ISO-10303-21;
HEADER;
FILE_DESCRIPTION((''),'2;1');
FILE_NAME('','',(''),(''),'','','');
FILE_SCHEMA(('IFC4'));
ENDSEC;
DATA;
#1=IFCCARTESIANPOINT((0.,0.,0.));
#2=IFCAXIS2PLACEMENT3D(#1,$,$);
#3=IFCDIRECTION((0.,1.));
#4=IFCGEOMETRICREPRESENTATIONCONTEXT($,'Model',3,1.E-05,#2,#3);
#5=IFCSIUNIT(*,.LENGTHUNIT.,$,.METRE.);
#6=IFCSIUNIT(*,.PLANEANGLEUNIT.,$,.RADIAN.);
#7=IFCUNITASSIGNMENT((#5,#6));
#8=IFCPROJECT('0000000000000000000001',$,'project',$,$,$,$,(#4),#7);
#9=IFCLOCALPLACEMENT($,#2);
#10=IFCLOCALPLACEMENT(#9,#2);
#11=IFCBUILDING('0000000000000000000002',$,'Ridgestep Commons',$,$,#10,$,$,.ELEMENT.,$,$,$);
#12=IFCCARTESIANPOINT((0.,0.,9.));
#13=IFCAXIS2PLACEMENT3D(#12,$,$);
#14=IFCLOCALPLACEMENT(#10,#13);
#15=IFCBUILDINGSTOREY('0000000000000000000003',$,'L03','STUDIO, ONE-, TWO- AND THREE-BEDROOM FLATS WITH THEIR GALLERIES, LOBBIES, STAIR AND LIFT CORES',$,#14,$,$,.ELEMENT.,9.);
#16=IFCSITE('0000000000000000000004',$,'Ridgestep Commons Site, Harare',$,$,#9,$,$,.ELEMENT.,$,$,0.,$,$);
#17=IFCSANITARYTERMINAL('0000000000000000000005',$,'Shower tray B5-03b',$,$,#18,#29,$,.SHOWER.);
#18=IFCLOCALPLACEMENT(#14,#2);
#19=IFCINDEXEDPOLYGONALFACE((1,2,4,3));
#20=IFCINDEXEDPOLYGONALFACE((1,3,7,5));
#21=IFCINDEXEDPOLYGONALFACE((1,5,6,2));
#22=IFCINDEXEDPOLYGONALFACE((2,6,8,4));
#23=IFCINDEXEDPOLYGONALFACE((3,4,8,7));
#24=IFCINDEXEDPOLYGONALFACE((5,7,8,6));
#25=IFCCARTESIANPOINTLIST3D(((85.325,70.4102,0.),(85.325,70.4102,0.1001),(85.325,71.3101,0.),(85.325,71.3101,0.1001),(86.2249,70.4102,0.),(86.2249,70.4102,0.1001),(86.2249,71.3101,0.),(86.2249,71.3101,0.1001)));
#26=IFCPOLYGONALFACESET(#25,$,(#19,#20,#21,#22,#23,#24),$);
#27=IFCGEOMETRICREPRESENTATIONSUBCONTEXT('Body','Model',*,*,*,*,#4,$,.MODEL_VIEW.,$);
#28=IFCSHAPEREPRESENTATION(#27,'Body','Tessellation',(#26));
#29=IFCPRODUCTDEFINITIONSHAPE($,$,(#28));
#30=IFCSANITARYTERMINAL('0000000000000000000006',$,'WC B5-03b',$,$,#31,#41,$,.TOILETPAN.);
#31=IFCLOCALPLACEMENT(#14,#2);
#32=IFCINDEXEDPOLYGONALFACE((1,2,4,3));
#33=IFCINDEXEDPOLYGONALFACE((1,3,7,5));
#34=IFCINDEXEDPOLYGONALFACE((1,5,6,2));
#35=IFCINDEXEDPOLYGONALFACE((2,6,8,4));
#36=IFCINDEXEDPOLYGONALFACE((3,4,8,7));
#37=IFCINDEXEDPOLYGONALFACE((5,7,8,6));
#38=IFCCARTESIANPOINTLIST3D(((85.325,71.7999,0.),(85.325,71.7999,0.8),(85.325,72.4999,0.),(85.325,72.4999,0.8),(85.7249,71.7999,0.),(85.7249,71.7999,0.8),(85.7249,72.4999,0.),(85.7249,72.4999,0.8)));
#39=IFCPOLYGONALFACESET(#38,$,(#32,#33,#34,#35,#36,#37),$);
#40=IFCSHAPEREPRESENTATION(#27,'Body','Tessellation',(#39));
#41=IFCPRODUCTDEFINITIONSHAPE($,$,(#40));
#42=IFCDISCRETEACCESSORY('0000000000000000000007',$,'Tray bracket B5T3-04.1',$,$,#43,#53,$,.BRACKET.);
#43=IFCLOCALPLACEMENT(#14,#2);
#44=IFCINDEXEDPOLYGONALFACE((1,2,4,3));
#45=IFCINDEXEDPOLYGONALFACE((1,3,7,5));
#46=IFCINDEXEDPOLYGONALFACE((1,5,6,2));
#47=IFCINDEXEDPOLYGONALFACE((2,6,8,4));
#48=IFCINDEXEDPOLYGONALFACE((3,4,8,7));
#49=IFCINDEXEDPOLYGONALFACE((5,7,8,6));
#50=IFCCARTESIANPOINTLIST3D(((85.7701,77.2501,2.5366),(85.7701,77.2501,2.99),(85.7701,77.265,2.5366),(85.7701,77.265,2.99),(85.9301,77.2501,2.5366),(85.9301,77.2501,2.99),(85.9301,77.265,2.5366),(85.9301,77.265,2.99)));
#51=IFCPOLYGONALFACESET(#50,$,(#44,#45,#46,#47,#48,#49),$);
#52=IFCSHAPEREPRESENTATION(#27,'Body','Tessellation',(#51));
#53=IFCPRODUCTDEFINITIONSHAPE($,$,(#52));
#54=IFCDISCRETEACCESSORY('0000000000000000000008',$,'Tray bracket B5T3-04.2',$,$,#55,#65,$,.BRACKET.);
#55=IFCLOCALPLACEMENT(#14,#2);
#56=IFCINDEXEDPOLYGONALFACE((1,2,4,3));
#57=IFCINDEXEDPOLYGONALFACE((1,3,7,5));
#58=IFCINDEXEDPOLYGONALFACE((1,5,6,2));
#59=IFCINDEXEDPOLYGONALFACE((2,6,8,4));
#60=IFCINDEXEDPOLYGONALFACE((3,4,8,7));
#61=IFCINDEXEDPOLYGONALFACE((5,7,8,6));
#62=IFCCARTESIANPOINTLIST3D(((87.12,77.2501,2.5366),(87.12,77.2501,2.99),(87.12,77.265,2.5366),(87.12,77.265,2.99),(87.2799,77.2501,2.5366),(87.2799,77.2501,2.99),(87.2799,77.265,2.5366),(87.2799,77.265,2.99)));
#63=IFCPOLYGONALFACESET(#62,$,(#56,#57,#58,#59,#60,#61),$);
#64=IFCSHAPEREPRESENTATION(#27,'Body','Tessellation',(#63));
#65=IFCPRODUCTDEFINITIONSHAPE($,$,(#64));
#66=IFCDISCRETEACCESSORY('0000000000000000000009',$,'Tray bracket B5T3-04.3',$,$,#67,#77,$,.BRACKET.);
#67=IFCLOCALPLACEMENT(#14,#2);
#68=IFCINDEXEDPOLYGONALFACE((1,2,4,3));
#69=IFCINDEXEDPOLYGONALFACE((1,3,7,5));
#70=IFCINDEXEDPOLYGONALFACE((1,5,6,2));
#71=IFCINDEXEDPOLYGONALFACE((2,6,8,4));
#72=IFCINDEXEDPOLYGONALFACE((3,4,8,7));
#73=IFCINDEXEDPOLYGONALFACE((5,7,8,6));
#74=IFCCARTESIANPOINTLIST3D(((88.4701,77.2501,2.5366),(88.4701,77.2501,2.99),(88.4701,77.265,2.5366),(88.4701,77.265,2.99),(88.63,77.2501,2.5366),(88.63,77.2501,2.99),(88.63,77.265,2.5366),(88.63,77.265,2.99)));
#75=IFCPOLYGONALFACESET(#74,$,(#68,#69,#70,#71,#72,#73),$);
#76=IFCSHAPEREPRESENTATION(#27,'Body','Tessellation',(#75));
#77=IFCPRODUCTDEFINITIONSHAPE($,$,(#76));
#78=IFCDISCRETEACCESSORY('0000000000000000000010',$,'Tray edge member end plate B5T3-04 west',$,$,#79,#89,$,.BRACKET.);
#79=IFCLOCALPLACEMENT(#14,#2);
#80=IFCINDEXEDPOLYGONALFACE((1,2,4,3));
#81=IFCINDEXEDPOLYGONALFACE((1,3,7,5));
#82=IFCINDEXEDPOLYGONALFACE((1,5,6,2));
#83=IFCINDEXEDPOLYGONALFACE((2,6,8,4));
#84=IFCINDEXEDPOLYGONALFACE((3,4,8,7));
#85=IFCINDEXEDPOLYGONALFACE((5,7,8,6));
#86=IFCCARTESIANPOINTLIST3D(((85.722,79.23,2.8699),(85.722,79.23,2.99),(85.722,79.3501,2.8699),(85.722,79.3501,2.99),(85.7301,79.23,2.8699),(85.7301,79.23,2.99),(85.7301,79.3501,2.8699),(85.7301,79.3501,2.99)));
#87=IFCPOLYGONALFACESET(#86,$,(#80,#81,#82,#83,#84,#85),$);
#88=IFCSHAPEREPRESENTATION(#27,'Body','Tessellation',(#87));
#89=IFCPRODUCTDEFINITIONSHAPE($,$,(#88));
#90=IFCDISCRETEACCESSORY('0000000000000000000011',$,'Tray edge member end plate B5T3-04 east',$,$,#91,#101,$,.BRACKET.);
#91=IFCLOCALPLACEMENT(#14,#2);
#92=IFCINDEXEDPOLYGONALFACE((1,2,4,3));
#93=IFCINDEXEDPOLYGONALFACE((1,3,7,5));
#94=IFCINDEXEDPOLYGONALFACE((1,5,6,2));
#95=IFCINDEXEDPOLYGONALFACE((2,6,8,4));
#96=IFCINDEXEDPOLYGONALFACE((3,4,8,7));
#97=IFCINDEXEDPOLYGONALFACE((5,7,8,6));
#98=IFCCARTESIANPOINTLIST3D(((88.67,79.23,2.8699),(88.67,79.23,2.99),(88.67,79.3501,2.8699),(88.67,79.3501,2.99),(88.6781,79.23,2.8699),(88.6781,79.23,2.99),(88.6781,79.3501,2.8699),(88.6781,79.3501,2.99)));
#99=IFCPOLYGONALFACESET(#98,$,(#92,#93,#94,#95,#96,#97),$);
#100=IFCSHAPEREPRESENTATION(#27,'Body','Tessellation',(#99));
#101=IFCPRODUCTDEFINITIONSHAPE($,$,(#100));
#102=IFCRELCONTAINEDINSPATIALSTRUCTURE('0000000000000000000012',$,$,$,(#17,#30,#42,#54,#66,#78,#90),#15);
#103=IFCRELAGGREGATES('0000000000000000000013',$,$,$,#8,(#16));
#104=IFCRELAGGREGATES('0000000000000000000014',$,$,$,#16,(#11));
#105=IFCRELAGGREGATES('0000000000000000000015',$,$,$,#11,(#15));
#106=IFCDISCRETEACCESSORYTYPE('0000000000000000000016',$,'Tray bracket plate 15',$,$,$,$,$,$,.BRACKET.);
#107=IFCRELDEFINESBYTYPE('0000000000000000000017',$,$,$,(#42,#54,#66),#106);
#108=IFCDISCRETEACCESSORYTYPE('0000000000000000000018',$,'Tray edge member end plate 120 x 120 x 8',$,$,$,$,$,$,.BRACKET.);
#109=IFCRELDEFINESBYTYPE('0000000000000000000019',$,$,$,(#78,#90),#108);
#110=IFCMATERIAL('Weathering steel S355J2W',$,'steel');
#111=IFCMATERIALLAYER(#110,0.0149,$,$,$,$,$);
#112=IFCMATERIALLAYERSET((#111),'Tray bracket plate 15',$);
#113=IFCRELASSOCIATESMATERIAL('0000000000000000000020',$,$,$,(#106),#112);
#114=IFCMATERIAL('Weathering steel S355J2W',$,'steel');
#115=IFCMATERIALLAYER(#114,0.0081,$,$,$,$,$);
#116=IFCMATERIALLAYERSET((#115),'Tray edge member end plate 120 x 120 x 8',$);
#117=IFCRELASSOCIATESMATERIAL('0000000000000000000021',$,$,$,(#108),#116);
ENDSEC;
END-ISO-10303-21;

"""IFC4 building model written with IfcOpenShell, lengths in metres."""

from ifc_helpers import new_model, si_unit, direction, frame, origin, origin_2d, place, context, subcontext, project, spatial, rectangle, extrude, material, layer, layer_set, type_object, element, save


model = new_model("IFC4")

# Units and contexts
model_context = context("Model", 3, precision=1e-05, world=origin(), true_north=direction((0.0, 1.0)))
body_context = subcontext(model_context, "Body", "Model", "MODEL_VIEW")
ifc_project = project(units=[si_unit("LENGTHUNIT", "METRE"), si_unit("PLANEANGLEUNIT", "RADIAN")], contexts=[model_context])

# Site, building, storey
site_placement = place(None, origin())
site = spatial("IfcSite", under=ifc_project, at=site_placement, Name="Ridgestep Commons Site, Harare", CompositionType="ELEMENT", RefElevation=0.0)
building_placement = place(site_placement, origin())
building = spatial("IfcBuilding", under=site, at=building_placement, Name="Ridgestep Commons", CompositionType="ELEMENT")
storey_placement = place(building_placement, frame((0.0, 0.0, 9.0)))
storey = spatial("IfcBuildingStorey", under=building, at=storey_placement, Name="L03", Description="STUDIO, ONE-, TWO- AND THREE-BEDROOM FLATS WITH THEIR GALLERIES, LOBBIES, STAIR AND LIFT CORES", CompositionType="ELEMENT", Elevation=9.0)

# Sanitary terminals
sanitary_terminal_1_placement = place(storey_placement, frame((85.7749, 70.8601, 0.0), z_axis=(0.0, 0.0, 1.0), x_axis=(1.0, 0.0, 0.0)))
element("IfcSanitaryTerminal", 1, at=sanitary_terminal_1_placement, inside=storey, Name="Shower tray B5-03b", PredefinedType="SHOWER", context=body_context, shape_type="SweptSolid", body=[
    extrude(rectangle(XDim=0.8999, YDim=0.8999, at=origin_2d()), origin(), (0.0, 0.0, 1.0), 0.1001),
])
sanitary_terminal_2_placement = place(storey_placement, frame((85.5249, 72.1499, 0.0), z_axis=(0.0, 0.0, 1.0), x_axis=(1.0, 0.0, 0.0)))
element("IfcSanitaryTerminal", 2, at=sanitary_terminal_2_placement, inside=storey, Name="WC B5-03b", PredefinedType="TOILETPAN", context=body_context, shape_type="SweptSolid", body=[
    extrude(rectangle(XDim=0.3999, YDim=0.7, at=origin_2d()), origin(), (0.0, 0.0, 1.0), 0.8),
])

# Discrete accessories
ifc_material_1 = material(Name="Weathering steel S355J2W", Category="steel")
ifc_layer_1 = layer(ifc_material_1, 0.0149)
ifc_layer_set_1 = layer_set([ifc_layer_1], Name="Tray bracket plate 15")
discrete_accessory_type_1 = type_object("IfcDiscreteAccessoryType", Name="Tray bracket plate 15", PredefinedType="BRACKET", material=ifc_layer_set_1)
for number, where, z_axis, x_axis, name in (
    (3, (85.8501, 77.2576, 2.5366), (0.0, 0.0, 1.0), (1.0, 0.0, 0.0), "Tray bracket B5T3-04.1"),
    (4, (87.2, 77.2576, 2.5366), (0.0, 0.0, 1.0), (1.0, 0.0, 0.0), "Tray bracket B5T3-04.2"),
    (5, (88.55, 77.2576, 2.5366), (0.0, 0.0, 1.0), (1.0, 0.0, 0.0), "Tray bracket B5T3-04.3"),
):
    element("IfcDiscreteAccessory", number, at=place(storey_placement, frame(where, z_axis=z_axis, x_axis=x_axis)), inside=storey, type_object=discrete_accessory_type_1, Name=name, PredefinedType="BRACKET", context=body_context, shape_type="SweptSolid", body=[
        extrude(rectangle(XDim=0.1599, YDim=0.0149, at=origin_2d()), origin(), (0.0, 0.0, 1.0), 0.4534),
    ])
ifc_material_2 = material(Name="Weathering steel S355J2W", Category="steel")
ifc_layer_2 = layer(ifc_material_2, 0.0081)
ifc_layer_set_2 = layer_set([ifc_layer_2], Name="Tray edge member end plate 120 x 120 x 8")
discrete_accessory_type_2 = type_object("IfcDiscreteAccessoryType", Name="Tray edge member end plate 120 x 120 x 8", PredefinedType="BRACKET", material=ifc_layer_set_2)
for number, where, z_axis, x_axis, name in (
    (6, (85.7261, 79.29, 2.8699), (0.0, 0.0, 1.0), (1.0, 0.0, 0.0), "Tray edge member end plate B5T3-04 west"),
    (7, (88.6741, 79.29, 2.8699), (0.0, 0.0, 1.0), (1.0, 0.0, 0.0), "Tray edge member end plate B5T3-04 east"),
):
    element("IfcDiscreteAccessory", number, at=place(storey_placement, frame(where, z_axis=z_axis, x_axis=x_axis)), inside=storey, type_object=discrete_accessory_type_2, Name=name, PredefinedType="BRACKET", context=body_context, shape_type="SweptSolid", body=[
        extrude(rectangle(XDim=0.0081, YDim=0.1201, at=origin_2d()), origin(), (0.0, 0.0, 1.0), 0.1201),
    ])

save(model, "model.ifc")
